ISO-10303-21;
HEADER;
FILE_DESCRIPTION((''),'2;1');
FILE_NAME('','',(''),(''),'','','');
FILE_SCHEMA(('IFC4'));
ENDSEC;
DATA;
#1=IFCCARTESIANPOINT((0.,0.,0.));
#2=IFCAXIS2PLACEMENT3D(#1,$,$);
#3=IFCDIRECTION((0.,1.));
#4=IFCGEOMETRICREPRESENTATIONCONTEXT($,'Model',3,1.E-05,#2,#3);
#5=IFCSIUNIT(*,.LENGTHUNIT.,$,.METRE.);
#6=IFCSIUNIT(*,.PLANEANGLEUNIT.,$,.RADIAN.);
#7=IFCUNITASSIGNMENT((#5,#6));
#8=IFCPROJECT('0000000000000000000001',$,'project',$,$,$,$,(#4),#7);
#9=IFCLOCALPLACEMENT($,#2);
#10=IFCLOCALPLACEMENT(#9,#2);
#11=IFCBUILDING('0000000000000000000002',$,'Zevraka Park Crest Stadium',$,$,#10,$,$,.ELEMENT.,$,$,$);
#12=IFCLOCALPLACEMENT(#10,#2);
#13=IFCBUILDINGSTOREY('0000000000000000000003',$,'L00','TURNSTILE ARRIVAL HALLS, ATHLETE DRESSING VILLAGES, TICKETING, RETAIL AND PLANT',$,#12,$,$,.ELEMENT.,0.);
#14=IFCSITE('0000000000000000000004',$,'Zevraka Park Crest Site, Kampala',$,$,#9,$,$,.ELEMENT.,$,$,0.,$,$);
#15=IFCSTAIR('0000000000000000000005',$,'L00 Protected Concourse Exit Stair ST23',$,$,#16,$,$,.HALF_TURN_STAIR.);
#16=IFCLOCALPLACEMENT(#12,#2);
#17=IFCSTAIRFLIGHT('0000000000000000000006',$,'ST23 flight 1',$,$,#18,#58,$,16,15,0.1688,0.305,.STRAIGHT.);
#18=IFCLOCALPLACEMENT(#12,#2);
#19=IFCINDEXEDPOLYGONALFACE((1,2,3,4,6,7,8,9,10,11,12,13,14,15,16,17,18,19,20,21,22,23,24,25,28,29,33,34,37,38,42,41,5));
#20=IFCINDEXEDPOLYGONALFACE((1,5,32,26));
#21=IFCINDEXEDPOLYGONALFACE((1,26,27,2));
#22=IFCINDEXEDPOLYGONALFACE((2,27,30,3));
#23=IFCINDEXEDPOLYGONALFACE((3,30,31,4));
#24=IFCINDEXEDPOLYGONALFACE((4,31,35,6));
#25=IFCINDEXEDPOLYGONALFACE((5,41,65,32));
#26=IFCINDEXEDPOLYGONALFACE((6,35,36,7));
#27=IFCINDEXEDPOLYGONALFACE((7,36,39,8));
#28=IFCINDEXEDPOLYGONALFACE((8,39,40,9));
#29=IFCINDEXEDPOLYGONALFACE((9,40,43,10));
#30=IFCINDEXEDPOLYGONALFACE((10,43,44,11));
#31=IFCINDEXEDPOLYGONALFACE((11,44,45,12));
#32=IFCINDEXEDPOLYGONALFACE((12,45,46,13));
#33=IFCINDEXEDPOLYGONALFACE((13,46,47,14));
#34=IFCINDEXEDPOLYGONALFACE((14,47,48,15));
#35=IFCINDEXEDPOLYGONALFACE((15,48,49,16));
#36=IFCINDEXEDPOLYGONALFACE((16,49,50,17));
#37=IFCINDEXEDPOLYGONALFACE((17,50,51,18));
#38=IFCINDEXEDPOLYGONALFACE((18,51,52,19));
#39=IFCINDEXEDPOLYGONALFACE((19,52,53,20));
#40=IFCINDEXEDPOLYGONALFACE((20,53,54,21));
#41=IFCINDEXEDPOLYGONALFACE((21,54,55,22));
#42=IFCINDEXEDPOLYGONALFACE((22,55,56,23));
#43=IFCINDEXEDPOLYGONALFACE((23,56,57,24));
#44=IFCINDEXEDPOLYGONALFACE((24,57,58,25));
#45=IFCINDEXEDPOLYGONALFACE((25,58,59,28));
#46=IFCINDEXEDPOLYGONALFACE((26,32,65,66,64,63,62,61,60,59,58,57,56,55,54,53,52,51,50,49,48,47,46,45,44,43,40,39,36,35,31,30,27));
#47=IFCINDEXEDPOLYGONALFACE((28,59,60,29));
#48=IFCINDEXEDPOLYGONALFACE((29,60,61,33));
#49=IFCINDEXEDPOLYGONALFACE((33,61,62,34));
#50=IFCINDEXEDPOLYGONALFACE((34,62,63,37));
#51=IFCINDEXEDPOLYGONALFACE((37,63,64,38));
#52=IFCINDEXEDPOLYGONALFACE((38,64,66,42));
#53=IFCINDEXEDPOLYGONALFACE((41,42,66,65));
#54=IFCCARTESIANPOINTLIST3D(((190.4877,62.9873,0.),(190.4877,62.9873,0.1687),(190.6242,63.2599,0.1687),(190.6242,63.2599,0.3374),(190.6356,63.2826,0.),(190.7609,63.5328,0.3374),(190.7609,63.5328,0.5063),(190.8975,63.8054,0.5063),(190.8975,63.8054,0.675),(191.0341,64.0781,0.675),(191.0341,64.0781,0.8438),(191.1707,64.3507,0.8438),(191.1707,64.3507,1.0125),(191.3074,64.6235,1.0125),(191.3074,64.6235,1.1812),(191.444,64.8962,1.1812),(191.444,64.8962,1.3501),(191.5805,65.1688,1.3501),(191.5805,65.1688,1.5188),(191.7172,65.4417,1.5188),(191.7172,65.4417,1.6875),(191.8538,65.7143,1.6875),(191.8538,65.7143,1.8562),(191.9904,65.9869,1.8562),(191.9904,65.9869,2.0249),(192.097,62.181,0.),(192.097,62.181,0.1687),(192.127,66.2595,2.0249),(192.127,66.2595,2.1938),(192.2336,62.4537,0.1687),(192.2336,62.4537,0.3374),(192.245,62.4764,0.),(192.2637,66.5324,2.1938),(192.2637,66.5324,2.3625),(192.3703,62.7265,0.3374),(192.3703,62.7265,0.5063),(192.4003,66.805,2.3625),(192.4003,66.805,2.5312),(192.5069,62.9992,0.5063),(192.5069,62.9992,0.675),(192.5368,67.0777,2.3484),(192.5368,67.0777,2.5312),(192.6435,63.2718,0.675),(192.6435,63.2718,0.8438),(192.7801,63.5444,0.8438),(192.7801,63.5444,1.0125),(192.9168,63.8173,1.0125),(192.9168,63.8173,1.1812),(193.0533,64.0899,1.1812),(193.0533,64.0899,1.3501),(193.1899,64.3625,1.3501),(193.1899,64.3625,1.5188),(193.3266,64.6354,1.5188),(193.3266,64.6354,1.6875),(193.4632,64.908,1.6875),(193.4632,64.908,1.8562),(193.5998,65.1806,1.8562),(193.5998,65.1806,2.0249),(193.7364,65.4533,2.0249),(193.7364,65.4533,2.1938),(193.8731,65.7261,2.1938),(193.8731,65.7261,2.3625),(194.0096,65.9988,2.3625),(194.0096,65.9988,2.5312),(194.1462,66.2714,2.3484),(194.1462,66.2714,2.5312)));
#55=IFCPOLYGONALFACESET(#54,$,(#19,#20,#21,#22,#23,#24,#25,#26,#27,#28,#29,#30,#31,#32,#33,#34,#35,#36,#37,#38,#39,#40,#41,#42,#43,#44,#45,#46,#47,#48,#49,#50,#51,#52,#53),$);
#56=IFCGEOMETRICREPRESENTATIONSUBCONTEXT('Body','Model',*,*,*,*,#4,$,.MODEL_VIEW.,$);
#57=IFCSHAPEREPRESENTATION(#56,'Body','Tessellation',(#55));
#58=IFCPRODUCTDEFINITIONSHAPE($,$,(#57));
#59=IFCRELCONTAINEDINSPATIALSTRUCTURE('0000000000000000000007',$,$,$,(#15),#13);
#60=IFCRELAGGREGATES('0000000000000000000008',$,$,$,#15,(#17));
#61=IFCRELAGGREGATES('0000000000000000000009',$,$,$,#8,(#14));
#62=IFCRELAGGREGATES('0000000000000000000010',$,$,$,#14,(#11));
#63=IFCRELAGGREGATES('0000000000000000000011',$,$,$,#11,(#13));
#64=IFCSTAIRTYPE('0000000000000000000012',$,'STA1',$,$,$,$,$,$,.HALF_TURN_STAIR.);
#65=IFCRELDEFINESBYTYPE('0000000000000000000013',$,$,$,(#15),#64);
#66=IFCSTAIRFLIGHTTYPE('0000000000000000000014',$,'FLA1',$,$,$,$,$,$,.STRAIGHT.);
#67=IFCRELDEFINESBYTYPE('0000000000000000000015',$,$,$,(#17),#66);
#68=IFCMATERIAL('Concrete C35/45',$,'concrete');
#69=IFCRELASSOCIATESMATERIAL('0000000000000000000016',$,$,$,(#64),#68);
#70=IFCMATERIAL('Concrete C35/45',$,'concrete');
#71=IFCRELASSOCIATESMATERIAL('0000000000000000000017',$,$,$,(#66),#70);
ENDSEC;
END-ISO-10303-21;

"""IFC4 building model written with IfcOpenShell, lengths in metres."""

from ifc_helpers import new_model, si_unit, direction, frame, origin, place, context, subcontext, project, spatial, polyline, outline, extrude, material, type_object, element, aggregate, save


model = new_model("IFC4")

# Units and contexts
model_context = context("Model", 3, precision=1e-05, world=origin(), true_north=direction((0.0, 1.0)))
body_context = subcontext(model_context, "Body", "Model", "MODEL_VIEW")
ifc_project = project(units=[si_unit("LENGTHUNIT", "METRE"), si_unit("PLANEANGLEUNIT", "RADIAN")], contexts=[model_context])

# Site, building, storey
site_placement = place(None, origin())
site = spatial("IfcSite", under=ifc_project, at=site_placement, Name="Zevraka Park Crest Site, Kampala", CompositionType="ELEMENT", RefElevation=0.0)
building_placement = place(site_placement, origin())
building = spatial("IfcBuilding", under=site, at=building_placement, Name="Zevraka Park Crest Stadium", CompositionType="ELEMENT")
storey_placement = place(building_placement, origin())
storey = spatial("IfcBuildingStorey", under=building, at=storey_placement, Name="L00", Description="TURNSTILE ARRIVAL HALLS, ATHLETE DRESSING VILLAGES, TICKETING, RETAIL AND PLANT", CompositionType="ELEMENT", Elevation=0.0)

# Stair, stair flight
ifc_material_1 = material(Name="Concrete C35/45", Category="concrete")
stair_type = type_object("IfcStairType", Name="STA1", PredefinedType="HALF_TURN_STAIR", material=ifc_material_1)
stair_placement = place(storey_placement, origin())
stair = element("IfcStair", 1, at=stair_placement, inside=storey, type_object=stair_type, Name="L00 Protected Concourse Exit Stair ST23", PredefinedType="HALF_TURN_STAIR")
ifc_material_2 = material(Name="Concrete C35/45", Category="concrete")
stair_flight_type = type_object("IfcStairFlightType", Name="FLA1", PredefinedType="STRAIGHT", material=ifc_material_2)
stair_flight_placement = place(storey_placement, frame((191.2922, 62.5842, 0.0), z_axis=(0.0, 0.0, 1.0), x_axis=(0.447915, 0.894076, 0.0)))
stair_flight = element("IfcStairFlight", 2, at=stair_flight_placement, type_object=stair_flight_type, Name="ST23 flight 1", NumberOfRisers=16, NumberOfTreads=15, PredefinedType="STRAIGHT", RiserHeight=0.1688, TreadLength=0.305, context=body_context, shape_type="SweptSolid", body=[
    extrude(outline(polyline([(0.0, 0.0), (0.0, 0.1687), (0.3049, 0.1687), (0.3049, 0.3374), (0.6101, 0.3374), (0.6101, 0.5063), (0.915, 0.5063), (0.915, 0.675), (1.22, 0.675), (1.22, 0.8438), (1.5249, 0.8438), (1.5249, 1.0125), (1.8301, 1.0125), (1.8301, 1.1812), (2.135, 1.1812), (2.135, 1.3501), (2.4399, 1.3501), (2.4399, 1.5188), (2.7451, 1.5188), (2.7451, 1.6875), (3.05, 1.6875), (3.05, 1.8562), (3.355, 1.8562), (3.355, 2.0249), (3.6599, 2.0249), (3.6599, 2.1938), (3.9651, 2.1938), (3.9651, 2.3625), (4.27, 2.3625), (4.27, 2.5312), (4.575, 2.5312), (4.575, 2.7), (4.575, 2.3484), (0.3303, 0.0), (0.0, 0.0)])), frame((0.0, 0.8999, 0.0), z_axis=(0.0, -1.0, 0.0), x_axis=(1.0, 0.0, 0.0)), (0.0, 0.0, 1.0), 1.8),
])
aggregate(stair, [stair_flight])

save(model, "model.ifc")
